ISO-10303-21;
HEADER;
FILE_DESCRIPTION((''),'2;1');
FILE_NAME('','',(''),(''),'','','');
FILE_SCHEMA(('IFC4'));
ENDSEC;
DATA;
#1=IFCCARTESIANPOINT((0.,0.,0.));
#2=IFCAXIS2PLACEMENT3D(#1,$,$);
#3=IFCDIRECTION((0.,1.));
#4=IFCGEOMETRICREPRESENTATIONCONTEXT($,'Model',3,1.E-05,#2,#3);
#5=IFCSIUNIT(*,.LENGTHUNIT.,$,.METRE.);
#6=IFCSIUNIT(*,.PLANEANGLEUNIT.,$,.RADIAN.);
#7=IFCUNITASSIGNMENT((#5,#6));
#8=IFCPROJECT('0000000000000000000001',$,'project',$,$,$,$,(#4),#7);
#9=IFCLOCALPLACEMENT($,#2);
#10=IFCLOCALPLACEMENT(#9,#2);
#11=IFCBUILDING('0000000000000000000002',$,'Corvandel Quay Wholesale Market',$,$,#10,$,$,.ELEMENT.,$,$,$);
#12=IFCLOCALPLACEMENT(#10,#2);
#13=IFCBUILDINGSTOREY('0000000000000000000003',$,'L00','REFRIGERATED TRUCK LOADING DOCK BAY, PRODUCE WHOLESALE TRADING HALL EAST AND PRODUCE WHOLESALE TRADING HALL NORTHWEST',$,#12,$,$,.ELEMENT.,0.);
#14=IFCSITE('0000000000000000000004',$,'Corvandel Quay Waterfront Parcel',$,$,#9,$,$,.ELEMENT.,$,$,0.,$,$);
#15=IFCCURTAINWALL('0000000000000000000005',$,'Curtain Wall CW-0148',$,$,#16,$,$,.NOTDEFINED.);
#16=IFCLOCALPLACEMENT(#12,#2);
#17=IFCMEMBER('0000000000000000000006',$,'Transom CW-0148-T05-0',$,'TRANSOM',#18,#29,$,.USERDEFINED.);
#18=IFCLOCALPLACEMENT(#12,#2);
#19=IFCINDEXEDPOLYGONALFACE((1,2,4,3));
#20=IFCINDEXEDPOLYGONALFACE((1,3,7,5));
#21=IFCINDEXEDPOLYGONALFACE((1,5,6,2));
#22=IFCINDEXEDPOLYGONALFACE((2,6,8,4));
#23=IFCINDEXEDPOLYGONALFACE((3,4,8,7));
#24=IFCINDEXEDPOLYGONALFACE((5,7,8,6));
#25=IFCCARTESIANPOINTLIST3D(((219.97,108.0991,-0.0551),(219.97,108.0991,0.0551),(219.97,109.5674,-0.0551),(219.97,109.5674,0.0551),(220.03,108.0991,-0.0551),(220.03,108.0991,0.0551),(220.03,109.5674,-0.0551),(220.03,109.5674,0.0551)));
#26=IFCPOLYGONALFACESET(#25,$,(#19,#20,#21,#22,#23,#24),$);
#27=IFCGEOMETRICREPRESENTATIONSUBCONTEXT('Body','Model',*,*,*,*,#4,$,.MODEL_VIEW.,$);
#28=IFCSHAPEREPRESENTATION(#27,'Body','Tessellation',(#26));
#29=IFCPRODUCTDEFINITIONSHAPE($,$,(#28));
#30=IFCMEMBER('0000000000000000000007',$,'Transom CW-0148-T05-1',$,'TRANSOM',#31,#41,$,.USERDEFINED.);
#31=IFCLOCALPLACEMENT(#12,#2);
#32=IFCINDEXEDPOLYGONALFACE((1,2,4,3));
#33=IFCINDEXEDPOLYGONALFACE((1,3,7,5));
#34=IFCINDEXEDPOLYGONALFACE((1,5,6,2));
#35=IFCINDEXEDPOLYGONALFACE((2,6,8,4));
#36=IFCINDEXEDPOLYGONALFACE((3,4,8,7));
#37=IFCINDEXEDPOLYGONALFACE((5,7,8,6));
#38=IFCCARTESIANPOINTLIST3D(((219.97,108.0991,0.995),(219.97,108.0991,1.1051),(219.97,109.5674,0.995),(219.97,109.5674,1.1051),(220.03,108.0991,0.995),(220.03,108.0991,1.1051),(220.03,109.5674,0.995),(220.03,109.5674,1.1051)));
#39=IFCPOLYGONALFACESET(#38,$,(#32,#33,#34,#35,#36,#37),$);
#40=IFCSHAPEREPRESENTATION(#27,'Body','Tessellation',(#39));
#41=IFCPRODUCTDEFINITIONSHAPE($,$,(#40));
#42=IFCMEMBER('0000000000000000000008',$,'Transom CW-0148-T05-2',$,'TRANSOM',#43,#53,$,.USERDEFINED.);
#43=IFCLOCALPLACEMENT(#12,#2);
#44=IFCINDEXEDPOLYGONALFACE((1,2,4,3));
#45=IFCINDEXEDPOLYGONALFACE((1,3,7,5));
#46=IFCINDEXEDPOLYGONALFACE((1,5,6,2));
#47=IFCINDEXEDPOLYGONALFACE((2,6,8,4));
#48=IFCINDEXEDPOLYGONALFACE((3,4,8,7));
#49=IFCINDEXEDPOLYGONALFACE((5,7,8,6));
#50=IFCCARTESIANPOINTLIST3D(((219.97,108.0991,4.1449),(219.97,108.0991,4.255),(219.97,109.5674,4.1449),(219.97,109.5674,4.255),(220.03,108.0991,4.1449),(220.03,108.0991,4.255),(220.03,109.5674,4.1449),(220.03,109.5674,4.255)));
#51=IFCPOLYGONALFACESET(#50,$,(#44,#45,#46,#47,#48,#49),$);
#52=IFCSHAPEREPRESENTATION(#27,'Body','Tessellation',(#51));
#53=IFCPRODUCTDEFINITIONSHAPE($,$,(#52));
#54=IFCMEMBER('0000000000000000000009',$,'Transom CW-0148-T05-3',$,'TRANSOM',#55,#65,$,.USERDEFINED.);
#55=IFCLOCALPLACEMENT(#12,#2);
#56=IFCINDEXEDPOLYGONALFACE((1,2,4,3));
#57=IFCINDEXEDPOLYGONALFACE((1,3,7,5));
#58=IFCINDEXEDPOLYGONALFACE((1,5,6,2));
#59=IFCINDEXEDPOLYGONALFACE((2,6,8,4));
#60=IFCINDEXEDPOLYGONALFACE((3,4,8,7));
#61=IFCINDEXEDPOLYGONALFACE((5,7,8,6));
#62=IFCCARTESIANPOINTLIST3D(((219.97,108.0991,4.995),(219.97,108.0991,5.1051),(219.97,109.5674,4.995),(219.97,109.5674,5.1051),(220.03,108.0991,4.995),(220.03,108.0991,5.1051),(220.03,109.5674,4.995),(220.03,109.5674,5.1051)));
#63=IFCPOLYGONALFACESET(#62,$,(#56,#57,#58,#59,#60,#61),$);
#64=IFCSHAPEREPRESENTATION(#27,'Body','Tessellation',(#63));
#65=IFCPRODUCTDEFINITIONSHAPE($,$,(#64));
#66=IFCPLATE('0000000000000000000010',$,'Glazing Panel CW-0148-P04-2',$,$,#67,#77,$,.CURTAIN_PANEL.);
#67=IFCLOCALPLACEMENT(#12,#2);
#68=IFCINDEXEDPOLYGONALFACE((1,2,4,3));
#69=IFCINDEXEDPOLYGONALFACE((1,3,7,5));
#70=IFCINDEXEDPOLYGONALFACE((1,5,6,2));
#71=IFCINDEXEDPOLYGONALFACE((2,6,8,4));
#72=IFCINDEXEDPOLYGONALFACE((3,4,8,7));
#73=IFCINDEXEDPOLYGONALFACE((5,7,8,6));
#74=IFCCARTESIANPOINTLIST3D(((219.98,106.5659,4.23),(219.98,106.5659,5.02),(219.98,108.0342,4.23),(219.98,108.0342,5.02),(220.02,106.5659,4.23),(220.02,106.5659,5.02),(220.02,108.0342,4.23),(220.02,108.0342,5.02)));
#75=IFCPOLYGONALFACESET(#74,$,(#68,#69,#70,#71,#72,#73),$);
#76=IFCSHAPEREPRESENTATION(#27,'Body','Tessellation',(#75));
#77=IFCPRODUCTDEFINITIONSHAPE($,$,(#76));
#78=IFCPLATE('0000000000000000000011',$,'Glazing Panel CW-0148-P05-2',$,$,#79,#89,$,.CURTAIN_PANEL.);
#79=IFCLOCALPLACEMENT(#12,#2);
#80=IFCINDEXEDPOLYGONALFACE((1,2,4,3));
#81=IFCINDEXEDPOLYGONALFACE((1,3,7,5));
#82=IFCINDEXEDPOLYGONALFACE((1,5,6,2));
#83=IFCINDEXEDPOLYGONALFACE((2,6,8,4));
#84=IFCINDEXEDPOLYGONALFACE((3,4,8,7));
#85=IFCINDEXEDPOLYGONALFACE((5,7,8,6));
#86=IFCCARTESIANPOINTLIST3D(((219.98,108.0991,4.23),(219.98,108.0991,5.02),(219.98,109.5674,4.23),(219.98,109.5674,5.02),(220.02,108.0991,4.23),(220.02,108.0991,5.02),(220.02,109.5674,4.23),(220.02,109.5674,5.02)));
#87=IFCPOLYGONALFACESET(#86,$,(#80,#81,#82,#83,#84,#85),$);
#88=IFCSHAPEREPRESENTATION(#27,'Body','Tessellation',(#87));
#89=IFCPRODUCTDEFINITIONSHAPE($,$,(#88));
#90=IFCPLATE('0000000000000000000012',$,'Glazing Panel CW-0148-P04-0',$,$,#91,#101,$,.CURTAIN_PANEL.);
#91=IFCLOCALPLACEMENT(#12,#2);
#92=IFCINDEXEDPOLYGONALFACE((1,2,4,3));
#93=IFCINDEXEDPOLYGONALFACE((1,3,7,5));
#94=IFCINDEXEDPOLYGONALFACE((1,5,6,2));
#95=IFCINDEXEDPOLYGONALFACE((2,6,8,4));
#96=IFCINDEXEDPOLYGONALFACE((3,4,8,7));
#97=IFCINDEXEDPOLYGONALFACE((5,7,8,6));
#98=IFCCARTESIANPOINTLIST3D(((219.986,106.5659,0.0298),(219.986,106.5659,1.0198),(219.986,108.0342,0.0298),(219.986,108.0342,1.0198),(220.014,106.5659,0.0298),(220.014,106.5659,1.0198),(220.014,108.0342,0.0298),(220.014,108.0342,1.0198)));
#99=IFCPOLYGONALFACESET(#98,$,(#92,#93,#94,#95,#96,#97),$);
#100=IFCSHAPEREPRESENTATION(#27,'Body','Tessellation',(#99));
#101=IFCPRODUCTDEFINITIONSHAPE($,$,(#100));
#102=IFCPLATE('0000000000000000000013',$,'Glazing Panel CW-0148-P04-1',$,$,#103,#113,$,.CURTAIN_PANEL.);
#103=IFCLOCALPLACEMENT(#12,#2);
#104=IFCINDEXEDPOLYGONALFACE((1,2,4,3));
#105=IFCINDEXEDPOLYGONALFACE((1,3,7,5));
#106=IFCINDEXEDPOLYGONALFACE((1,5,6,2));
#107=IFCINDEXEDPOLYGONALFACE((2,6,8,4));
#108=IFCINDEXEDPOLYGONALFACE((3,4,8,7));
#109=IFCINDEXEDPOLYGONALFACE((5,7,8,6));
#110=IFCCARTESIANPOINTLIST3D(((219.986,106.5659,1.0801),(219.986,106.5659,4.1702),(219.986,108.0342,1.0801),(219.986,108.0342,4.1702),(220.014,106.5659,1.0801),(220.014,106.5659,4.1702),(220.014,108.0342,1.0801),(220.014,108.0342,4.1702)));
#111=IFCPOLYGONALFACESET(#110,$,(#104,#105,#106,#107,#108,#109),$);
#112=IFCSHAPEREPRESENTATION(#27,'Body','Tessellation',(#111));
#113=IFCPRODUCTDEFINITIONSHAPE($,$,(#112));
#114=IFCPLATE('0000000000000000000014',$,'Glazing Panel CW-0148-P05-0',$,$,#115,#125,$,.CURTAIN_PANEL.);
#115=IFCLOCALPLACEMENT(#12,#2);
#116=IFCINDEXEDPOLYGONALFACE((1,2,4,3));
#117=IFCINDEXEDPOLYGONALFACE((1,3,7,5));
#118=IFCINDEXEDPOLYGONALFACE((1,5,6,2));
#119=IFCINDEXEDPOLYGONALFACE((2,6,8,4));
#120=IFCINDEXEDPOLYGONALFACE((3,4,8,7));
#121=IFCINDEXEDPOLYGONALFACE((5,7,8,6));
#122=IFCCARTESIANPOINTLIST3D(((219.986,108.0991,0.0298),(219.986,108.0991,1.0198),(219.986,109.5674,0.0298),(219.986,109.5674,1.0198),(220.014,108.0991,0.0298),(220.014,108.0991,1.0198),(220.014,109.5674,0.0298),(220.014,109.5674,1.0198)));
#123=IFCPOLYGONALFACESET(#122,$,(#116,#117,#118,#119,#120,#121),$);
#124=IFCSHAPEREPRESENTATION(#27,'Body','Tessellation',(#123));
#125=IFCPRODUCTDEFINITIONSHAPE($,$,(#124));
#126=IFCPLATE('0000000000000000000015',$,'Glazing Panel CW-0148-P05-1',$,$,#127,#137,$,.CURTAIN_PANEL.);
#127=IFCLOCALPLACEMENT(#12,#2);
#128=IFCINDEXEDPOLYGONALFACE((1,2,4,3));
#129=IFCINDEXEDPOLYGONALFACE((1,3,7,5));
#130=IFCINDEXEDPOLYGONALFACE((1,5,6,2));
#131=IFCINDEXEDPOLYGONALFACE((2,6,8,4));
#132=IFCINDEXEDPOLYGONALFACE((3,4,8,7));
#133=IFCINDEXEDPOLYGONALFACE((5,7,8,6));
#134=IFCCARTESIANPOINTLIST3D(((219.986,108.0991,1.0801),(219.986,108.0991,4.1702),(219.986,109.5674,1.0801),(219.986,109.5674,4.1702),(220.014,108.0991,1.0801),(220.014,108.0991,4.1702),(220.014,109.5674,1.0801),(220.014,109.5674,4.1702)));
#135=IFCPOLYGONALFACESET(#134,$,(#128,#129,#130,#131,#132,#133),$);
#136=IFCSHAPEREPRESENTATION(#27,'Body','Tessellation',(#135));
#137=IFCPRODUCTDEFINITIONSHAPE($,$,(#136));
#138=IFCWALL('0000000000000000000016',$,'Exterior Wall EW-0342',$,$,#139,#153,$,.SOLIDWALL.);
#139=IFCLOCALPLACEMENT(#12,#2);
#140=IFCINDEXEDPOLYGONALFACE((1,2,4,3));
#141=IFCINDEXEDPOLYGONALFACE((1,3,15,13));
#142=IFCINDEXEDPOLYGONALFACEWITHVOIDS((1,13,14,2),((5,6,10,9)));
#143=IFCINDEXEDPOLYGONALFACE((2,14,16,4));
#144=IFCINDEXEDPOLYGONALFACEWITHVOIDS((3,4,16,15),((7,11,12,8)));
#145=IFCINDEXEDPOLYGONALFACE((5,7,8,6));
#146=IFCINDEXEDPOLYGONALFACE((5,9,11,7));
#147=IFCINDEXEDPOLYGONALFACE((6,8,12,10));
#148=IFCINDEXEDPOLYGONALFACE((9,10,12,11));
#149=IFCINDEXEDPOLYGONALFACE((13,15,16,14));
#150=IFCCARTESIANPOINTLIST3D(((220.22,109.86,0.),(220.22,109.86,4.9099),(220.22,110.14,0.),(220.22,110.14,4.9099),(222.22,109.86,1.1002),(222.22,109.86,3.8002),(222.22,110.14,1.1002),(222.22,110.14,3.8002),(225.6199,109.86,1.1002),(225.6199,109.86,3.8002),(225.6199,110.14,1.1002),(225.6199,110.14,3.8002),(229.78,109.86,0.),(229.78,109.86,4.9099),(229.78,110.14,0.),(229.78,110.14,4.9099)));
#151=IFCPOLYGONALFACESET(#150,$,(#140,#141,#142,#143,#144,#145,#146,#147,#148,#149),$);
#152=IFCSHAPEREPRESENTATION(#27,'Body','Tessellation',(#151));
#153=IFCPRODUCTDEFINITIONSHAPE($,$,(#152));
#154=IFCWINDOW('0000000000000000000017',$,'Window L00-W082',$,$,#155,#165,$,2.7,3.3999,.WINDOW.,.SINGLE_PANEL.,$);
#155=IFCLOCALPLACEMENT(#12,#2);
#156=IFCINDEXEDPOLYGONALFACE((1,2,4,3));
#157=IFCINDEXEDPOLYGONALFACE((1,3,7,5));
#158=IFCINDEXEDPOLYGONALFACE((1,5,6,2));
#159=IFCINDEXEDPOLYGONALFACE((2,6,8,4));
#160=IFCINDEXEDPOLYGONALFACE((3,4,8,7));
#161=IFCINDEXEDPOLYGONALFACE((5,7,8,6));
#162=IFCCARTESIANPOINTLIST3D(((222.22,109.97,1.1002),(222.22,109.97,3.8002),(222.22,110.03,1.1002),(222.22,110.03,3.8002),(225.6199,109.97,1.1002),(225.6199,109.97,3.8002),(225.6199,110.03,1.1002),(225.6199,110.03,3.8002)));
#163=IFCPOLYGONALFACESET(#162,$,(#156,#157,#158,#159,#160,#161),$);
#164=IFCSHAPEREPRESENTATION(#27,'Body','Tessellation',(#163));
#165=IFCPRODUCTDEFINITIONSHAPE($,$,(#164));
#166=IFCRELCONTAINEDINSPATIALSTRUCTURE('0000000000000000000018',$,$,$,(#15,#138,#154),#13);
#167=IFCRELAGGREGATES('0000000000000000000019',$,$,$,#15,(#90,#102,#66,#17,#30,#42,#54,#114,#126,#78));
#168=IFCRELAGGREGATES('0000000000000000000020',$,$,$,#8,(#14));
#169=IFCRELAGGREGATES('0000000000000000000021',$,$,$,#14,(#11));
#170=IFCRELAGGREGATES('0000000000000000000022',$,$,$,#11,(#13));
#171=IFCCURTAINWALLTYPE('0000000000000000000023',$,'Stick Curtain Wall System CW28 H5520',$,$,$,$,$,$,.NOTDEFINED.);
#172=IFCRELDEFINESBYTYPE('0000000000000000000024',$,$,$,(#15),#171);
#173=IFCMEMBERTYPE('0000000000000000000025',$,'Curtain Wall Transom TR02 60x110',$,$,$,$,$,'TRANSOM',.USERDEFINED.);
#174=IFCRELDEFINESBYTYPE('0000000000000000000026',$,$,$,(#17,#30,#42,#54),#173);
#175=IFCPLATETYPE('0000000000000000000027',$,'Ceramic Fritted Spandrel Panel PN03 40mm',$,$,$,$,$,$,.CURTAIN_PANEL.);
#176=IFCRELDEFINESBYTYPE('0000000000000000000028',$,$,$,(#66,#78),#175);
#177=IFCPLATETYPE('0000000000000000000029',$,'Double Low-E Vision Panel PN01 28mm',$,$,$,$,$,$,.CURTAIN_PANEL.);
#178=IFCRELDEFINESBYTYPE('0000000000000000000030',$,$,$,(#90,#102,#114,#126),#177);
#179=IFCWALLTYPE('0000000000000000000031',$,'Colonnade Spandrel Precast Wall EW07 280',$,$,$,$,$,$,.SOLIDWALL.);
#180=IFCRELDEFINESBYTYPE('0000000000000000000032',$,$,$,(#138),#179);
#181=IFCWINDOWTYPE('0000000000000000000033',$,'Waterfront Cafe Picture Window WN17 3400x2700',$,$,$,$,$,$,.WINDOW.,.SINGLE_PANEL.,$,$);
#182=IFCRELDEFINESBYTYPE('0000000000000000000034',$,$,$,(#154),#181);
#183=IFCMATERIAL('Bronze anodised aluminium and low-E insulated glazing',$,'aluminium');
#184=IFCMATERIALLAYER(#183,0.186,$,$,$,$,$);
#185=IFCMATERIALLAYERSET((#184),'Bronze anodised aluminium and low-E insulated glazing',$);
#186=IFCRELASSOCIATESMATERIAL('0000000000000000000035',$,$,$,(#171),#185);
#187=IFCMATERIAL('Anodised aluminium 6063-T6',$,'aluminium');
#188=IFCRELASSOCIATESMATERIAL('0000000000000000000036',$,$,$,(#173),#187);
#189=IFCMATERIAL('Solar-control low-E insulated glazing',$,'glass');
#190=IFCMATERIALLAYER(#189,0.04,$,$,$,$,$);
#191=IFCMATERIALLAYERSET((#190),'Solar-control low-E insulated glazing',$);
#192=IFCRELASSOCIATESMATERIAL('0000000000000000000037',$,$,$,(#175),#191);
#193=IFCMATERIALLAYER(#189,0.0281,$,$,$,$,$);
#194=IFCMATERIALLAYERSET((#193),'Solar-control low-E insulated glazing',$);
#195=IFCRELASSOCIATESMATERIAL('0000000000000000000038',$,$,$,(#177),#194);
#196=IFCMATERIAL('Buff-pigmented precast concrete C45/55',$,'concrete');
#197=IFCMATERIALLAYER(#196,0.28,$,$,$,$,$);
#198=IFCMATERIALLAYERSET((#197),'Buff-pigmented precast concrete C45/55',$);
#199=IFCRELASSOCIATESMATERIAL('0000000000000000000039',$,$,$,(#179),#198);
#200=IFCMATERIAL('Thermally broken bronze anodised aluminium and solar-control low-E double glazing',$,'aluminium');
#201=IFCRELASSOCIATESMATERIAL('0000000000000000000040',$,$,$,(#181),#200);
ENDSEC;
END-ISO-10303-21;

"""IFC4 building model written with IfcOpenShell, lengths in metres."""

from ifc_helpers import new_model, si_unit, direction, frame, frame_2d, origin, origin_2d, place, context, subcontext, project, spatial, rectangle, extrude, material, layer, layer_set, material_profile, profile_set, type_object, element, fill, aggregate, save


model = new_model("IFC4")

# Units and contexts
model_context = context("Model", 3, precision=1e-05, world=origin(), true_north=direction((0.0, 1.0)))
body_context = subcontext(model_context, "Body", "Model", "MODEL_VIEW")
ifc_project = project(units=[si_unit("LENGTHUNIT", "METRE"), si_unit("PLANEANGLEUNIT", "RADIAN")], contexts=[model_context])

# Site, building, storey
site_placement = place(None, origin())
site = spatial("IfcSite", under=ifc_project, at=site_placement, Name="Corvandel Quay Waterfront Parcel", CompositionType="ELEMENT", RefElevation=0.0)
building_placement = place(site_placement, origin())
building = spatial("IfcBuilding", under=site, at=building_placement, Name="Corvandel Quay Wholesale Market", CompositionType="ELEMENT")
storey_placement = place(building_placement, origin())
storey = spatial("IfcBuildingStorey", under=building, at=storey_placement, Name="L00", Description="REFRIGERATED TRUCK LOADING DOCK BAY, PRODUCE WHOLESALE TRADING HALL EAST AND PRODUCE WHOLESALE TRADING HALL NORTHWEST", CompositionType="ELEMENT", Elevation=0.0)

# Curtain wall, members, plates
ifc_material_1 = material(Name="Bronze anodised aluminium and low-E insulated glazing", Category="aluminium")
ifc_layer_1 = layer(ifc_material_1, 0.186)
ifc_layer_set_1 = layer_set([ifc_layer_1], Name="Bronze anodised aluminium and low-E insulated glazing")
curtain_wall_type = type_object("IfcCurtainWallType", Name="Stick Curtain Wall System CW28 H5520", PredefinedType="NOTDEFINED", material=ifc_layer_set_1)
curtain_wall_placement = place(storey_placement, origin())
curtain_wall = element("IfcCurtainWall", 1, at=curtain_wall_placement, inside=storey, type_object=curtain_wall_type, Name="Curtain Wall CW-0148", PredefinedType="NOTDEFINED")
ifc_material_2 = material(Name="Anodised aluminium 6063-T6", Category="aluminium")
ifc_material_profile_1 = material_profile(ifc_material_2, rectangle(XDim=0.0601, YDim=0.1101, at=origin_2d()), Name="ALU-TRN-60x110")
ifc_profile_set_1 = profile_set([ifc_material_profile_1], Name="Anodised aluminium 6063-T6")
member_type_1 = type_object("IfcMemberType", Name="Curtain Wall Transom TR02 60x110", ElementType="TRANSOM", PredefinedType="USERDEFINED", material=ifc_profile_set_1)
member_1_placement = place(storey_placement, frame((220.0, 108.0991, 0.0), z_axis=(0.0, 1.0, 0.0), x_axis=(-1.0, 0.0, 0.0)))
member_1 = element("IfcMember", 2, at=member_1_placement, type_object=member_type_1, Name="Transom CW-0148-T05-0", ObjectType="TRANSOM", PredefinedType="USERDEFINED", context=body_context, shape_type="SweptSolid", body=[
    extrude(rectangle(XDim=0.0601, YDim=0.1101, at=origin_2d()), origin(), (0.0, 0.0, 1.0), 1.4683),
])
member_2_placement = place(storey_placement, frame((220.0, 108.0991, 1.05), z_axis=(0.0, 1.0, 0.0), x_axis=(-1.0, 0.0, 0.0)))
member_2 = element("IfcMember", 3, at=member_2_placement, type_object=member_type_1, Name="Transom CW-0148-T05-1", ObjectType="TRANSOM", PredefinedType="USERDEFINED", context=body_context, shape_type="SweptSolid", body=[
    extrude(rectangle(XDim=0.0601, YDim=0.1101, at=origin_2d()), origin(), (0.0, 0.0, 1.0), 1.4683),
])
member_3_placement = place(storey_placement, frame((220.0, 108.0991, 4.2), z_axis=(0.0, 1.0, 0.0), x_axis=(-1.0, 0.0, 0.0)))
member_3 = element("IfcMember", 4, at=member_3_placement, type_object=member_type_1, Name="Transom CW-0148-T05-2", ObjectType="TRANSOM", PredefinedType="USERDEFINED", context=body_context, shape_type="SweptSolid", body=[
    extrude(rectangle(XDim=0.0601, YDim=0.1101, at=origin_2d()), origin(), (0.0, 0.0, 1.0), 1.4683),
])
member_4_placement = place(storey_placement, frame((220.0, 108.0991, 5.05), z_axis=(0.0, 1.0, 0.0), x_axis=(-1.0, 0.0, 0.0)))
member_4 = element("IfcMember", 5, at=member_4_placement, type_object=member_type_1, Name="Transom CW-0148-T05-3", ObjectType="TRANSOM", PredefinedType="USERDEFINED", context=body_context, shape_type="SweptSolid", body=[
    extrude(rectangle(XDim=0.0601, YDim=0.1101, at=origin_2d()), origin(), (0.0, 0.0, 1.0), 1.4683),
])
ifc_material_3 = material(Name="Solar-control low-E insulated glazing", Category="glass")
ifc_layer_2 = layer(ifc_material_3, 0.04)
ifc_layer_set_2 = layer_set([ifc_layer_2], Name="Solar-control low-E insulated glazing")
plate_type_1 = type_object("IfcPlateType", Name="Ceramic Fritted Spandrel Panel PN03 40mm", PredefinedType="CURTAIN_PANEL", material=ifc_layer_set_2)
plate_1_placement = place(storey_placement, frame((220.0, 107.3, 4.23), z_axis=(0.0, 0.0, 1.0), x_axis=(0.0, 1.0, 0.0)))
plate_1 = element("IfcPlate", 6, at=plate_1_placement, type_object=plate_type_1, Name="Glazing Panel CW-0148-P04-2", PredefinedType="CURTAIN_PANEL", context=body_context, shape_type="SweptSolid", body=[
    extrude(rectangle(XDim=1.4683, YDim=0.04, at=origin_2d()), origin(), (0.0, 0.0, 1.0), 0.79),
])
plate_2_placement = place(storey_placement, frame((220.0, 108.8333, 4.23), z_axis=(0.0, 0.0, 1.0), x_axis=(0.0, 1.0, 0.0)))
plate_2 = element("IfcPlate", 7, at=plate_2_placement, type_object=plate_type_1, Name="Glazing Panel CW-0148-P05-2", PredefinedType="CURTAIN_PANEL", context=body_context, shape_type="SweptSolid", body=[
    extrude(rectangle(XDim=1.4683, YDim=0.04, at=origin_2d()), origin(), (0.0, 0.0, 1.0), 0.79),
])
ifc_layer_3 = layer(ifc_material_3, 0.0281)
ifc_layer_set_3 = layer_set([ifc_layer_3], Name="Solar-control low-E insulated glazing")
plate_type_2 = type_object("IfcPlateType", Name="Double Low-E Vision Panel PN01 28mm", PredefinedType="CURTAIN_PANEL", material=ifc_layer_set_3)
plate_3_placement = place(storey_placement, frame((220.0, 107.3, 0.0298), z_axis=(0.0, 0.0, 1.0), x_axis=(0.0, 1.0, 0.0)))
plate_3 = element("IfcPlate", 8, at=plate_3_placement, type_object=plate_type_2, Name="Glazing Panel CW-0148-P04-0", PredefinedType="CURTAIN_PANEL", context=body_context, shape_type="SweptSolid", body=[
    extrude(rectangle(XDim=1.4683, YDim=0.0281, at=origin_2d()), origin(), (0.0, 0.0, 1.0), 0.99),
])
plate_4_placement = place(storey_placement, frame((220.0, 107.3, 1.0801), z_axis=(0.0, 0.0, 1.0), x_axis=(0.0, 1.0, 0.0)))
plate_4 = element("IfcPlate", 9, at=plate_4_placement, type_object=plate_type_2, Name="Glazing Panel CW-0148-P04-1", PredefinedType="CURTAIN_PANEL", context=body_context, shape_type="SweptSolid", body=[
    extrude(rectangle(XDim=1.4683, YDim=0.0281, at=origin_2d()), origin(), (0.0, 0.0, 1.0), 3.0901),
])
plate_5_placement = place(storey_placement, frame((220.0, 108.8333, 0.0298), z_axis=(0.0, 0.0, 1.0), x_axis=(0.0, 1.0, 0.0)))
plate_5 = element("IfcPlate", 10, at=plate_5_placement, type_object=plate_type_2, Name="Glazing Panel CW-0148-P05-0", PredefinedType="CURTAIN_PANEL", context=body_context, shape_type="SweptSolid", body=[
    extrude(rectangle(XDim=1.4683, YDim=0.0281, at=origin_2d()), origin(), (0.0, 0.0, 1.0), 0.99),
])
plate_6_placement = place(storey_placement, frame((220.0, 108.8333, 1.0801), z_axis=(0.0, 0.0, 1.0), x_axis=(0.0, 1.0, 0.0)))
plate_6 = element("IfcPlate", 11, at=plate_6_placement, type_object=plate_type_2, Name="Glazing Panel CW-0148-P05-1", PredefinedType="CURTAIN_PANEL", context=body_context, shape_type="SweptSolid", body=[
    extrude(rectangle(XDim=1.4683, YDim=0.0281, at=origin_2d()), origin(), (0.0, 0.0, 1.0), 3.0901),
])
aggregate(curtain_wall, [plate_3, plate_4, plate_1, member_1, member_2, member_3, member_4, plate_5, plate_6, plate_2])

# Wall, opening, window
ifc_material_4 = material(Name="Buff-pigmented precast concrete C45/55", Category="concrete")
ifc_layer_4 = layer(ifc_material_4, 0.28)
ifc_layer_set_4 = layer_set([ifc_layer_4], Name="Buff-pigmented precast concrete C45/55")
wall_type = type_object("IfcWallType", Name="Colonnade Spandrel Precast Wall EW07 280", PredefinedType="SOLIDWALL", material=ifc_layer_set_4)
wall_placement = place(storey_placement, frame((220.22, 110.0, 0.0), z_axis=(0.0, 0.0, 1.0), x_axis=(1.0, 0.0, 0.0)))
wall = element("IfcWall", 12, at=wall_placement, inside=storey, type_object=wall_type, Name="Exterior Wall EW-0342", PredefinedType="SOLIDWALL", context=body_context, shape_type="SweptSolid", body=[
    extrude(rectangle(XDim=9.5601, YDim=0.28, at=frame_2d((4.78, 0.0))), origin(), (0.0, 0.0, 1.0), 4.9099),
])
opening_placement = place(wall_placement, frame((2.0, 0.0, 1.1001)))
opening = element("IfcOpeningElement", 13, at=opening_placement, cuts=wall, PredefinedType="OPENING", context=body_context, shape_type="SweptSolid", body=[
    extrude(rectangle(XDim=3.3999, YDim=2.7, at=frame_2d((1.7, 1.3501))), frame((0.0, 0.1499, 0.0), z_axis=(0.0, -1.0, 0.0), x_axis=(1.0, 0.0, 0.0)), (0.0, 0.0, 1.0), 0.3),
])
ifc_material_5 = material(Name="Thermally broken bronze anodised aluminium and solar-control low-E double glazing", Category="aluminium")
window_type = type_object("IfcWindowType", Name="Waterfront Cafe Picture Window WN17 3400x2700", PartitioningType="SINGLE_PANEL", PredefinedType="WINDOW", material=ifc_material_5)
window_placement = place(opening_placement, origin())
window = element("IfcWindow", 14, at=window_placement, inside=storey, type_object=window_type, Name="Window L00-W082", OverallHeight=2.7, OverallWidth=3.3999, PartitioningType="SINGLE_PANEL", PredefinedType="WINDOW", context=body_context, shape_type="SweptSolid", body=[
    extrude(rectangle(XDim=3.3999, YDim=2.7, at=frame_2d((1.7, 1.3501))), frame((0.0, 0.03, 0.0), z_axis=(0.0, -1.0, 0.0), x_axis=(1.0, 0.0, 0.0)), (0.0, 0.0, 1.0), 0.0601),
])
fill(opening, window)

save(model, "model.ifc")
